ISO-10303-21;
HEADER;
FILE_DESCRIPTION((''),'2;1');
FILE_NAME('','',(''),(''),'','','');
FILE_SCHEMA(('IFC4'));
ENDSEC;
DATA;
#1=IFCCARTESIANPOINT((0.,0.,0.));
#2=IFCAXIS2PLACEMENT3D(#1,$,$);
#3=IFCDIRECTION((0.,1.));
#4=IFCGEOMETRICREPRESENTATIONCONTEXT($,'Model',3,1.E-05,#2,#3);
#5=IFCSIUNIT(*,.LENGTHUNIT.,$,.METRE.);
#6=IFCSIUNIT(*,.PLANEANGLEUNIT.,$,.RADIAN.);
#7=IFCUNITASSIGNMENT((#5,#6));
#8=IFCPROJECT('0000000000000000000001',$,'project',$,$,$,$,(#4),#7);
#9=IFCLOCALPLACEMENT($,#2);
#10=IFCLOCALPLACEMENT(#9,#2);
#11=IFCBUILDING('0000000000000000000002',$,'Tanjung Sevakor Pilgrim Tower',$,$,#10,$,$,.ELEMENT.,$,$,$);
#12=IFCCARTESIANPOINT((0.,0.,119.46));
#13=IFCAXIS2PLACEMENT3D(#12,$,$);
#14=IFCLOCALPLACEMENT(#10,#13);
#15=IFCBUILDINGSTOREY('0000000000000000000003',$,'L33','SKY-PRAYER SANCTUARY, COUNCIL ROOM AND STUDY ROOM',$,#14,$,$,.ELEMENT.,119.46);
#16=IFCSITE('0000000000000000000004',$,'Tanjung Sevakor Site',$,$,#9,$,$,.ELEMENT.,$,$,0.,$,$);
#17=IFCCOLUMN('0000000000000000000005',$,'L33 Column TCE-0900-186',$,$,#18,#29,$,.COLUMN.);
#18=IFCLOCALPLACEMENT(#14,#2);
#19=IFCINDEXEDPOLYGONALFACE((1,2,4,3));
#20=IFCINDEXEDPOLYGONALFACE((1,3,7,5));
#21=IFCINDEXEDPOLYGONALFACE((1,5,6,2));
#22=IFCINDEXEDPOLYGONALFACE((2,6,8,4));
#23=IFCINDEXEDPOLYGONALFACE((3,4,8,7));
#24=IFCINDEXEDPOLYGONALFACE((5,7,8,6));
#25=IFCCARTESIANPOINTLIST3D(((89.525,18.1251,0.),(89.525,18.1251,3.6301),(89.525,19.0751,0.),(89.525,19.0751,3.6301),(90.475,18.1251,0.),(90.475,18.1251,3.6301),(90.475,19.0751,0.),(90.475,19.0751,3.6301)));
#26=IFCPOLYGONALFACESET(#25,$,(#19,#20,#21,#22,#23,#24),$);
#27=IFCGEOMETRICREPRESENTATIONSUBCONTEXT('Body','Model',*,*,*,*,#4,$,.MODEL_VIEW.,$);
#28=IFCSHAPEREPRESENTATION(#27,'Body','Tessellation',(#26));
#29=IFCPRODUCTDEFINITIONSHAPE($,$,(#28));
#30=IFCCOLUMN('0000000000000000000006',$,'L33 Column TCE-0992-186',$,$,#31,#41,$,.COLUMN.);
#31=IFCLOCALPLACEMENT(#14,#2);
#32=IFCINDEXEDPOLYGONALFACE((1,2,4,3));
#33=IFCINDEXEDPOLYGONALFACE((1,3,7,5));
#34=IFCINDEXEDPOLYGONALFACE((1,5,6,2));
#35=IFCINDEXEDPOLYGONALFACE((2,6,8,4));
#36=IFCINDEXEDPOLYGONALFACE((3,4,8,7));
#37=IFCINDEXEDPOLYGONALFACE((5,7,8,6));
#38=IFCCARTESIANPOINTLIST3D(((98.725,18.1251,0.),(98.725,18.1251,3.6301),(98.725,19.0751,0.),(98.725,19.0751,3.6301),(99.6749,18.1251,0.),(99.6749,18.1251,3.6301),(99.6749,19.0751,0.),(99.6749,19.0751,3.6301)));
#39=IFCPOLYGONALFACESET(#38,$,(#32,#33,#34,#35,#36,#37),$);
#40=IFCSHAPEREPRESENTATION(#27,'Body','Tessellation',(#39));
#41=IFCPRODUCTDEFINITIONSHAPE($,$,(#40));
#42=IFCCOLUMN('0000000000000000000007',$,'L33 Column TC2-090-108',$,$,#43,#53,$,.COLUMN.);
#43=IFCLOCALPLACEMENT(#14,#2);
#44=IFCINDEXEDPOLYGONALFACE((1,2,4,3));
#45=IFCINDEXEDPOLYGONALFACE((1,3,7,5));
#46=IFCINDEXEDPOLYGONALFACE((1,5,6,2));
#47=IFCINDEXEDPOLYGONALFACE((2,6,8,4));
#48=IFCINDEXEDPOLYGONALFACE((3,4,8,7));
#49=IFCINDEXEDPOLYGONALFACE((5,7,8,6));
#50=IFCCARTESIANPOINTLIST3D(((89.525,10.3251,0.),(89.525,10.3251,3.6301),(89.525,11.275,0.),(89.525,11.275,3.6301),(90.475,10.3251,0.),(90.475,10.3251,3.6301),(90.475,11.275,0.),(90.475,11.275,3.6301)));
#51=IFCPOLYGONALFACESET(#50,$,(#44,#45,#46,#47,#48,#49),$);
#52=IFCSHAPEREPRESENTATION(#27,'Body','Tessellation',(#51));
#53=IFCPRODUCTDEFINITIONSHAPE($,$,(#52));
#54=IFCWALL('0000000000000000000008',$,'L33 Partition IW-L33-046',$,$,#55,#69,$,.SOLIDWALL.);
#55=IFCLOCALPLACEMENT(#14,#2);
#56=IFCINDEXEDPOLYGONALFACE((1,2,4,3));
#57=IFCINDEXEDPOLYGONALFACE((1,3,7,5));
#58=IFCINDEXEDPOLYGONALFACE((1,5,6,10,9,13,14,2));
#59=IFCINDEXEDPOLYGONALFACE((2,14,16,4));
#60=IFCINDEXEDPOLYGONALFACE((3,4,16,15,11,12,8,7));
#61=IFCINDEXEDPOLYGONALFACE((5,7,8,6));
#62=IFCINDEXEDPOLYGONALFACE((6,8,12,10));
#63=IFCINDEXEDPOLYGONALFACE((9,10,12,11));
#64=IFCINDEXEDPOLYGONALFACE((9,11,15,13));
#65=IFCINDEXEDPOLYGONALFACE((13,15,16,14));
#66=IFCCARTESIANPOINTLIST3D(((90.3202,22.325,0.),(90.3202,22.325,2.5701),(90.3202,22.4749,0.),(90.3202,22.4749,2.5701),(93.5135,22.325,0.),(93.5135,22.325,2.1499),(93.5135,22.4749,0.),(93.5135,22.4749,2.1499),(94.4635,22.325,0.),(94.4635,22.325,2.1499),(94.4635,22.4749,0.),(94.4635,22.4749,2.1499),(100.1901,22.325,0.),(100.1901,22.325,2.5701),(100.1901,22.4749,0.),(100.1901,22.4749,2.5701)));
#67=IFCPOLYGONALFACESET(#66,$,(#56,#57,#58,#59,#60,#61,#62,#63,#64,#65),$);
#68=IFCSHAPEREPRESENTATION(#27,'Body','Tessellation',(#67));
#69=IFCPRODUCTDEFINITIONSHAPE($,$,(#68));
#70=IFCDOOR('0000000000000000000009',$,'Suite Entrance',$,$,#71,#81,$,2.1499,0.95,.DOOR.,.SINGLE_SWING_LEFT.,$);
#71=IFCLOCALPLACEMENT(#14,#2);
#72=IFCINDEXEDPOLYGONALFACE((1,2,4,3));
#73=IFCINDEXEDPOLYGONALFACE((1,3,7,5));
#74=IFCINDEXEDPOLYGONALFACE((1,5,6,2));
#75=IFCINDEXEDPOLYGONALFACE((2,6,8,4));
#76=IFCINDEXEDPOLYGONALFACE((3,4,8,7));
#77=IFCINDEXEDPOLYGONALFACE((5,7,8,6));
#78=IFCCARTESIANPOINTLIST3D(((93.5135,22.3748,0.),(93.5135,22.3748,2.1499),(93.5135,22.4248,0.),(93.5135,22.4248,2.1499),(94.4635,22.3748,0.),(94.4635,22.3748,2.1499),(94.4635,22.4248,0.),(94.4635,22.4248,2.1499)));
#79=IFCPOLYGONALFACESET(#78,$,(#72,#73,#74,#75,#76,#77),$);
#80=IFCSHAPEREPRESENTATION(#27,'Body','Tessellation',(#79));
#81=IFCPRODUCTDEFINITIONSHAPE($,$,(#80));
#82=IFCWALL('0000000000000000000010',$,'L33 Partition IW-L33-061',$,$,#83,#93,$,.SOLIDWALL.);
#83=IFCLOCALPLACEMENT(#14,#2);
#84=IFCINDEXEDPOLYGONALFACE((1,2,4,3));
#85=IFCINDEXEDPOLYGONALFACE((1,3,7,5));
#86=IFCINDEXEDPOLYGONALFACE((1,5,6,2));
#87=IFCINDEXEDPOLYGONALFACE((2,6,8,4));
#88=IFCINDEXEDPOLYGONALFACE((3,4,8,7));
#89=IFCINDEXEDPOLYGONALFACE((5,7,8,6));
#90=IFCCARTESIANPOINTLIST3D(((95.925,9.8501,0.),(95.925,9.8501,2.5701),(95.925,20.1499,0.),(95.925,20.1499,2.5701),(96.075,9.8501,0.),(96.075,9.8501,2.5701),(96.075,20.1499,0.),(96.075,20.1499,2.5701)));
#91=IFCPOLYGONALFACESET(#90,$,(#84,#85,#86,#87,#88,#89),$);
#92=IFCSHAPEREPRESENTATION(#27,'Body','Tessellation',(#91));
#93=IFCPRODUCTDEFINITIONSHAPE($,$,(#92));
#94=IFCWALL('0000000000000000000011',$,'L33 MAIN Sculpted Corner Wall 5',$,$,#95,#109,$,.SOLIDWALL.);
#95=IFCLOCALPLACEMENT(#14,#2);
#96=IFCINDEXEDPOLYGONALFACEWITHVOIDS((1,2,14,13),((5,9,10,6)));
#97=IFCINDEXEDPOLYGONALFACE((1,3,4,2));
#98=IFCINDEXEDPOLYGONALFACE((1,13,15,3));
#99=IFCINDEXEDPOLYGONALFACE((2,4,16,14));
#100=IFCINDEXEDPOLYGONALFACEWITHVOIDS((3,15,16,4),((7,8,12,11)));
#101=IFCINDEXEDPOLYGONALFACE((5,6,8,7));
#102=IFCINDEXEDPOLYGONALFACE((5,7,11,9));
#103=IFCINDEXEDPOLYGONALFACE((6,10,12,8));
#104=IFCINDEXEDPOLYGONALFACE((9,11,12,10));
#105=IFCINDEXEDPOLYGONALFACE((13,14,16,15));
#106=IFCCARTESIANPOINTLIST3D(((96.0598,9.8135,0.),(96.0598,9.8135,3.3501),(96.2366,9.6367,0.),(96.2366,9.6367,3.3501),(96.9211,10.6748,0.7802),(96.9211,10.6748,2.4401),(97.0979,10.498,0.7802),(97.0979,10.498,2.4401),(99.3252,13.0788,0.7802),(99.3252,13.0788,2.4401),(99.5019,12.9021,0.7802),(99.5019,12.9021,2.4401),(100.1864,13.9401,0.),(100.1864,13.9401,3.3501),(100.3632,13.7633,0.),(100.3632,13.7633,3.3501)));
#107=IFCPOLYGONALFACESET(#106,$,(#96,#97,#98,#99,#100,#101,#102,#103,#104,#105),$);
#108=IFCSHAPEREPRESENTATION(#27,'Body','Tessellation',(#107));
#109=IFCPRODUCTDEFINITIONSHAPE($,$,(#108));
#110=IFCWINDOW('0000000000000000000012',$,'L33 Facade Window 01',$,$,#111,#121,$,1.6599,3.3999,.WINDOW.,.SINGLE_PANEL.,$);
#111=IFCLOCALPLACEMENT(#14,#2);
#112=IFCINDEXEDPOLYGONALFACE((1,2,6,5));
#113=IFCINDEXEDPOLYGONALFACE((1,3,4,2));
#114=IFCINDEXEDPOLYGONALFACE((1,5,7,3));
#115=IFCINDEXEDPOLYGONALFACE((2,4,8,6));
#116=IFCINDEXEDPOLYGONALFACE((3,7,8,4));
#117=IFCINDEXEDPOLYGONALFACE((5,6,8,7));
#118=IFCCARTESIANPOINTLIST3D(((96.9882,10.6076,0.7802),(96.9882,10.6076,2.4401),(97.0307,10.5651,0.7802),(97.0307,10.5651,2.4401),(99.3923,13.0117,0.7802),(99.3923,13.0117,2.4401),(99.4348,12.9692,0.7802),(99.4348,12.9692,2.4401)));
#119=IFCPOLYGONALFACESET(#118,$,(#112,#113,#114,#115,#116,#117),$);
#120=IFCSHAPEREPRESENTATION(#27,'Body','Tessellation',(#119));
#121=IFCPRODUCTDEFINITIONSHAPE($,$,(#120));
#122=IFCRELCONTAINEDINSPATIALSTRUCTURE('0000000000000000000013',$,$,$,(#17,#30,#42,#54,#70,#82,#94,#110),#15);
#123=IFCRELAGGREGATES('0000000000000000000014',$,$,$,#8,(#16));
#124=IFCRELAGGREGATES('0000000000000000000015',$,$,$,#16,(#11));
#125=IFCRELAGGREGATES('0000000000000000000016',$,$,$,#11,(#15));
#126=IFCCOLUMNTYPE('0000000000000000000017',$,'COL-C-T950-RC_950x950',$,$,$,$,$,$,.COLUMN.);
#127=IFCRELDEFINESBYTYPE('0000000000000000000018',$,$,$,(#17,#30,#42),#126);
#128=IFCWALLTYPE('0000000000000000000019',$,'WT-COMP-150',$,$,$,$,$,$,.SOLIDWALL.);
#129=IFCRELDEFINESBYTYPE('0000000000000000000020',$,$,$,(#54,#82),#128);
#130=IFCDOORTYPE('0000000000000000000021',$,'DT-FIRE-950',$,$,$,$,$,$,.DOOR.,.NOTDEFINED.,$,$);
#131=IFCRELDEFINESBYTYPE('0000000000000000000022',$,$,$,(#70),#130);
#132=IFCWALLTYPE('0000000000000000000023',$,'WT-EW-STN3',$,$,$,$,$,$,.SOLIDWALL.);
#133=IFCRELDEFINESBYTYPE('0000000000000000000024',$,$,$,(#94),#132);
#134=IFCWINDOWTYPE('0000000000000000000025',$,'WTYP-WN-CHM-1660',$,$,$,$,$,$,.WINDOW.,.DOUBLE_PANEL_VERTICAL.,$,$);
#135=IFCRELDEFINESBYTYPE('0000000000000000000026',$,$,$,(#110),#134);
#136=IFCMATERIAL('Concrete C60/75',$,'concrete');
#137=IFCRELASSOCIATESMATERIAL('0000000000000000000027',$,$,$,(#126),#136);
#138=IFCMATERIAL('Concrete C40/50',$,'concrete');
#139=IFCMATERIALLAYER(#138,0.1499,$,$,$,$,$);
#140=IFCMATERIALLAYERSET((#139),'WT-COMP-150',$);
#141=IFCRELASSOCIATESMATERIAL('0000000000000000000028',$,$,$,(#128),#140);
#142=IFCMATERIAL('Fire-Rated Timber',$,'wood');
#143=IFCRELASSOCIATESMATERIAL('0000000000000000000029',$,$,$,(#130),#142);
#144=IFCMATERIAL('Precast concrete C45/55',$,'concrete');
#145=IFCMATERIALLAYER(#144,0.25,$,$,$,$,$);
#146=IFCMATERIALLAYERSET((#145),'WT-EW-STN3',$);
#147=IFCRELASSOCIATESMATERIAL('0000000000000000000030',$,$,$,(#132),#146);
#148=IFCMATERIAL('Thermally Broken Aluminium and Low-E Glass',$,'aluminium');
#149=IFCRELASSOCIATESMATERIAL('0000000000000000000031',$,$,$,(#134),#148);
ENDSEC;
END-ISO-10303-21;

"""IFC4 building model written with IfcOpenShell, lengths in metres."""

from ifc_helpers import new_model, si_unit, direction, frame, frame_2d, origin, origin_2d, place, context, subcontext, project, spatial, rectangle, extrude, material, layer, layer_set, material_profile, profile_set, type_object, element, fill, save


model = new_model("IFC4")

# Units and contexts
model_context = context("Model", 3, precision=1e-05, world=origin(), true_north=direction((0.0, 1.0)))
body_context = subcontext(model_context, "Body", "Model", "MODEL_VIEW")
ifc_project = project(units=[si_unit("LENGTHUNIT", "METRE"), si_unit("PLANEANGLEUNIT", "RADIAN")], contexts=[model_context])

# Site, building, storey
site_placement = place(None, origin())
site = spatial("IfcSite", under=ifc_project, at=site_placement, Name="Tanjung Sevakor Site", CompositionType="ELEMENT", RefElevation=0.0)
building_placement = place(site_placement, origin())
building = spatial("IfcBuilding", under=site, at=building_placement, Name="Tanjung Sevakor Pilgrim Tower", CompositionType="ELEMENT")
storey_placement = place(building_placement, frame((0.0, 0.0, 119.46)))
storey = spatial("IfcBuildingStorey", under=building, at=storey_placement, Name="L33", Description="SKY-PRAYER SANCTUARY, COUNCIL ROOM AND STUDY ROOM", CompositionType="ELEMENT", Elevation=119.46)

# Columns
ifc_material_1 = material(Name="Concrete C60/75", Category="concrete")
ifc_material_profile = material_profile(ifc_material_1, rectangle(XDim=0.95, YDim=0.95, at=origin_2d()))
ifc_profile_set = profile_set([ifc_material_profile], Name="Concrete C60/75")
column_type = type_object("IfcColumnType", Name="COL-C-T950-RC_950x950", PredefinedType="COLUMN", material=ifc_profile_set)
for number, where, z_axis, x_axis, name in (
    (1, (90.0, 18.6001, 0.0), (0.0, 0.0, 1.0), (1.0, 0.0, 0.0), "L33 Column TCE-0900-186"),
    (2, (99.2, 18.6001, 0.0), (0.0, 0.0, 1.0), (1.0, 0.0, 0.0), "L33 Column TCE-0992-186"),
    (3, (90.0, 10.8, 0.0), (0.0, 0.0, 1.0), (1.0, 0.0, 0.0), "L33 Column TC2-090-108"),
):
    element("IfcColumn", number, at=place(storey_placement, frame(where, z_axis=z_axis, x_axis=x_axis)), inside=storey, type_object=column_type, Name=name, PredefinedType="COLUMN", context=body_context, shape_type="SweptSolid", body=[
        extrude(rectangle(XDim=0.95, YDim=0.95, at=origin_2d()), origin(), (0.0, 0.0, 1.0), 3.6301),
    ])

# Wall, opening, door
ifc_material_2 = material(Name="Concrete C40/50", Category="concrete")
ifc_layer_1 = layer(ifc_material_2, 0.1499)
ifc_layer_set_1 = layer_set([ifc_layer_1], Name="WT-COMP-150")
wall_type_1 = type_object("IfcWallType", Name="WT-COMP-150", PredefinedType="SOLIDWALL", material=ifc_layer_set_1)
wall_1_placement = place(storey_placement, frame((90.3201, 22.3999, 0.0), z_axis=(0.0, 0.0, 1.0), x_axis=(1.0, 0.0, 0.0)))
wall_1 = element("IfcWall", 4, at=wall_1_placement, inside=storey, type_object=wall_type_1, Name="L33 Partition IW-L33-046", PredefinedType="SOLIDWALL", context=body_context, shape_type="SweptSolid", body=[
    extrude(rectangle(XDim=9.8699, YDim=0.1499, at=frame_2d((4.9351, 0.0))), origin(), (0.0, 0.0, 1.0), 2.5701),
])
opening_1_placement = place(wall_1_placement, frame((3.1934, 0.0, 0.0)))
opening_1 = element("IfcOpeningElement", 5, at=opening_1_placement, cuts=wall_1, PredefinedType="OPENING", context=body_context, shape_type="SweptSolid", body=[
    extrude(rectangle(XDim=0.95, YDim=2.1499, at=frame_2d((0.4751, 1.075))), frame((0.0, 0.085, 0.0), z_axis=(0.0, -1.0, 0.0), x_axis=(1.0, 0.0, 0.0)), (0.0, 0.0, 1.0), 0.1699),
])
ifc_material_3 = material(Name="Fire-Rated Timber", Category="wood")
door_type_1 = type_object("IfcDoorType", Name="DT-FIRE-950", OperationType="NOTDEFINED", PredefinedType="DOOR", material=ifc_material_3)
door_1_placement = place(opening_1_placement, origin())
door_1 = element("IfcDoor", 6, at=door_1_placement, inside=storey, type_object=door_type_1, Name="Suite Entrance", OperationType="SINGLE_SWING_LEFT", OverallHeight=2.1499, OverallWidth=0.95, PredefinedType="DOOR", context=body_context, shape_type="SweptSolid", body=[
    extrude(rectangle(XDim=0.95, YDim=2.1499, at=frame_2d((0.4751, 1.075))), frame((0.0, 0.0249, 0.0), z_axis=(0.0, -1.0, 0.0), x_axis=(1.0, 0.0, 0.0)), (0.0, 0.0, 1.0), 0.05),
])
fill(opening_1, door_1)

# Wall
wall_2_placement = place(storey_placement, frame((96.0, 9.8501, 0.0), z_axis=(0.0, 0.0, 1.0), x_axis=(0.0, 1.0, 0.0)))
element("IfcWall", 7, at=wall_2_placement, inside=storey, type_object=wall_type_1, Name="L33 Partition IW-L33-061", PredefinedType="SOLIDWALL", context=body_context, shape_type="SweptSolid", body=[
    extrude(rectangle(XDim=10.2998, YDim=0.1499, at=frame_2d((5.1499, 0.0))), origin(), (0.0, 0.0, 1.0), 2.5701),
])

# Wall, opening, window
ifc_material_4 = material(Name="Precast concrete C45/55", Category="concrete")
ifc_layer_2 = layer(ifc_material_4, 0.25)
ifc_layer_set_2 = layer_set([ifc_layer_2], Name="WT-EW-STN3")
wall_type_2 = type_object("IfcWallType", Name="WT-EW-STN3", PredefinedType="SOLIDWALL", material=ifc_layer_set_2)
wall_3_placement = place(storey_placement, frame((96.1482, 9.7251, 0.0), z_axis=(0.0, 0.0, 1.0), x_axis=(0.707107, 0.707107, 0.0)))
wall_3 = element("IfcWall", 8, at=wall_3_placement, inside=storey, type_object=wall_type_2, Name="L33 MAIN Sculpted Corner Wall 5", PredefinedType="SOLIDWALL", context=body_context, shape_type="SweptSolid", body=[
    extrude(rectangle(XDim=5.8359, YDim=0.25, at=frame_2d((2.918, 0.0))), origin(), (0.0, 0.0, 1.0), 3.3501),
])
opening_2_placement = place(wall_3_placement, frame((1.218, 0.0, 0.78)))
opening_2 = element("IfcOpeningElement", 9, at=opening_2_placement, cuts=wall_3, PredefinedType="OPENING", context=body_context, shape_type="SweptSolid", body=[
    extrude(rectangle(XDim=3.3999, YDim=1.6599, at=frame_2d((1.7, 0.8301))), frame((0.0, 0.135, 0.0), z_axis=(0.0, -1.0, 0.0), x_axis=(1.0, 0.0, 0.0)), (0.0, 0.0, 1.0), 0.27),
])
ifc_material_5 = material(Name="Thermally Broken Aluminium and Low-E Glass", Category="aluminium")
window_type_1 = type_object("IfcWindowType", Name="WTYP-WN-CHM-1660", PartitioningType="DOUBLE_PANEL_VERTICAL", PredefinedType="WINDOW", material=ifc_material_5)
window_1_placement = place(opening_2_placement, origin())
window_1 = element("IfcWindow", 10, at=window_1_placement, inside=storey, type_object=window_type_1, Name="L33 Facade Window 01", OverallHeight=1.6599, OverallWidth=3.3999, PartitioningType="SINGLE_PANEL", PredefinedType="WINDOW", context=body_context, shape_type="SweptSolid", body=[
    extrude(rectangle(XDim=3.3999, YDim=1.6599, at=frame_2d((1.7, 0.8301))), frame((0.0, 0.03, 0.0), z_axis=(0.0, -1.0, 0.0), x_axis=(1.0, 0.0, 0.0)), (0.0, 0.0, 1.0), 0.0601),
])
fill(opening_2, window_1)

save(model, "model.ifc")
